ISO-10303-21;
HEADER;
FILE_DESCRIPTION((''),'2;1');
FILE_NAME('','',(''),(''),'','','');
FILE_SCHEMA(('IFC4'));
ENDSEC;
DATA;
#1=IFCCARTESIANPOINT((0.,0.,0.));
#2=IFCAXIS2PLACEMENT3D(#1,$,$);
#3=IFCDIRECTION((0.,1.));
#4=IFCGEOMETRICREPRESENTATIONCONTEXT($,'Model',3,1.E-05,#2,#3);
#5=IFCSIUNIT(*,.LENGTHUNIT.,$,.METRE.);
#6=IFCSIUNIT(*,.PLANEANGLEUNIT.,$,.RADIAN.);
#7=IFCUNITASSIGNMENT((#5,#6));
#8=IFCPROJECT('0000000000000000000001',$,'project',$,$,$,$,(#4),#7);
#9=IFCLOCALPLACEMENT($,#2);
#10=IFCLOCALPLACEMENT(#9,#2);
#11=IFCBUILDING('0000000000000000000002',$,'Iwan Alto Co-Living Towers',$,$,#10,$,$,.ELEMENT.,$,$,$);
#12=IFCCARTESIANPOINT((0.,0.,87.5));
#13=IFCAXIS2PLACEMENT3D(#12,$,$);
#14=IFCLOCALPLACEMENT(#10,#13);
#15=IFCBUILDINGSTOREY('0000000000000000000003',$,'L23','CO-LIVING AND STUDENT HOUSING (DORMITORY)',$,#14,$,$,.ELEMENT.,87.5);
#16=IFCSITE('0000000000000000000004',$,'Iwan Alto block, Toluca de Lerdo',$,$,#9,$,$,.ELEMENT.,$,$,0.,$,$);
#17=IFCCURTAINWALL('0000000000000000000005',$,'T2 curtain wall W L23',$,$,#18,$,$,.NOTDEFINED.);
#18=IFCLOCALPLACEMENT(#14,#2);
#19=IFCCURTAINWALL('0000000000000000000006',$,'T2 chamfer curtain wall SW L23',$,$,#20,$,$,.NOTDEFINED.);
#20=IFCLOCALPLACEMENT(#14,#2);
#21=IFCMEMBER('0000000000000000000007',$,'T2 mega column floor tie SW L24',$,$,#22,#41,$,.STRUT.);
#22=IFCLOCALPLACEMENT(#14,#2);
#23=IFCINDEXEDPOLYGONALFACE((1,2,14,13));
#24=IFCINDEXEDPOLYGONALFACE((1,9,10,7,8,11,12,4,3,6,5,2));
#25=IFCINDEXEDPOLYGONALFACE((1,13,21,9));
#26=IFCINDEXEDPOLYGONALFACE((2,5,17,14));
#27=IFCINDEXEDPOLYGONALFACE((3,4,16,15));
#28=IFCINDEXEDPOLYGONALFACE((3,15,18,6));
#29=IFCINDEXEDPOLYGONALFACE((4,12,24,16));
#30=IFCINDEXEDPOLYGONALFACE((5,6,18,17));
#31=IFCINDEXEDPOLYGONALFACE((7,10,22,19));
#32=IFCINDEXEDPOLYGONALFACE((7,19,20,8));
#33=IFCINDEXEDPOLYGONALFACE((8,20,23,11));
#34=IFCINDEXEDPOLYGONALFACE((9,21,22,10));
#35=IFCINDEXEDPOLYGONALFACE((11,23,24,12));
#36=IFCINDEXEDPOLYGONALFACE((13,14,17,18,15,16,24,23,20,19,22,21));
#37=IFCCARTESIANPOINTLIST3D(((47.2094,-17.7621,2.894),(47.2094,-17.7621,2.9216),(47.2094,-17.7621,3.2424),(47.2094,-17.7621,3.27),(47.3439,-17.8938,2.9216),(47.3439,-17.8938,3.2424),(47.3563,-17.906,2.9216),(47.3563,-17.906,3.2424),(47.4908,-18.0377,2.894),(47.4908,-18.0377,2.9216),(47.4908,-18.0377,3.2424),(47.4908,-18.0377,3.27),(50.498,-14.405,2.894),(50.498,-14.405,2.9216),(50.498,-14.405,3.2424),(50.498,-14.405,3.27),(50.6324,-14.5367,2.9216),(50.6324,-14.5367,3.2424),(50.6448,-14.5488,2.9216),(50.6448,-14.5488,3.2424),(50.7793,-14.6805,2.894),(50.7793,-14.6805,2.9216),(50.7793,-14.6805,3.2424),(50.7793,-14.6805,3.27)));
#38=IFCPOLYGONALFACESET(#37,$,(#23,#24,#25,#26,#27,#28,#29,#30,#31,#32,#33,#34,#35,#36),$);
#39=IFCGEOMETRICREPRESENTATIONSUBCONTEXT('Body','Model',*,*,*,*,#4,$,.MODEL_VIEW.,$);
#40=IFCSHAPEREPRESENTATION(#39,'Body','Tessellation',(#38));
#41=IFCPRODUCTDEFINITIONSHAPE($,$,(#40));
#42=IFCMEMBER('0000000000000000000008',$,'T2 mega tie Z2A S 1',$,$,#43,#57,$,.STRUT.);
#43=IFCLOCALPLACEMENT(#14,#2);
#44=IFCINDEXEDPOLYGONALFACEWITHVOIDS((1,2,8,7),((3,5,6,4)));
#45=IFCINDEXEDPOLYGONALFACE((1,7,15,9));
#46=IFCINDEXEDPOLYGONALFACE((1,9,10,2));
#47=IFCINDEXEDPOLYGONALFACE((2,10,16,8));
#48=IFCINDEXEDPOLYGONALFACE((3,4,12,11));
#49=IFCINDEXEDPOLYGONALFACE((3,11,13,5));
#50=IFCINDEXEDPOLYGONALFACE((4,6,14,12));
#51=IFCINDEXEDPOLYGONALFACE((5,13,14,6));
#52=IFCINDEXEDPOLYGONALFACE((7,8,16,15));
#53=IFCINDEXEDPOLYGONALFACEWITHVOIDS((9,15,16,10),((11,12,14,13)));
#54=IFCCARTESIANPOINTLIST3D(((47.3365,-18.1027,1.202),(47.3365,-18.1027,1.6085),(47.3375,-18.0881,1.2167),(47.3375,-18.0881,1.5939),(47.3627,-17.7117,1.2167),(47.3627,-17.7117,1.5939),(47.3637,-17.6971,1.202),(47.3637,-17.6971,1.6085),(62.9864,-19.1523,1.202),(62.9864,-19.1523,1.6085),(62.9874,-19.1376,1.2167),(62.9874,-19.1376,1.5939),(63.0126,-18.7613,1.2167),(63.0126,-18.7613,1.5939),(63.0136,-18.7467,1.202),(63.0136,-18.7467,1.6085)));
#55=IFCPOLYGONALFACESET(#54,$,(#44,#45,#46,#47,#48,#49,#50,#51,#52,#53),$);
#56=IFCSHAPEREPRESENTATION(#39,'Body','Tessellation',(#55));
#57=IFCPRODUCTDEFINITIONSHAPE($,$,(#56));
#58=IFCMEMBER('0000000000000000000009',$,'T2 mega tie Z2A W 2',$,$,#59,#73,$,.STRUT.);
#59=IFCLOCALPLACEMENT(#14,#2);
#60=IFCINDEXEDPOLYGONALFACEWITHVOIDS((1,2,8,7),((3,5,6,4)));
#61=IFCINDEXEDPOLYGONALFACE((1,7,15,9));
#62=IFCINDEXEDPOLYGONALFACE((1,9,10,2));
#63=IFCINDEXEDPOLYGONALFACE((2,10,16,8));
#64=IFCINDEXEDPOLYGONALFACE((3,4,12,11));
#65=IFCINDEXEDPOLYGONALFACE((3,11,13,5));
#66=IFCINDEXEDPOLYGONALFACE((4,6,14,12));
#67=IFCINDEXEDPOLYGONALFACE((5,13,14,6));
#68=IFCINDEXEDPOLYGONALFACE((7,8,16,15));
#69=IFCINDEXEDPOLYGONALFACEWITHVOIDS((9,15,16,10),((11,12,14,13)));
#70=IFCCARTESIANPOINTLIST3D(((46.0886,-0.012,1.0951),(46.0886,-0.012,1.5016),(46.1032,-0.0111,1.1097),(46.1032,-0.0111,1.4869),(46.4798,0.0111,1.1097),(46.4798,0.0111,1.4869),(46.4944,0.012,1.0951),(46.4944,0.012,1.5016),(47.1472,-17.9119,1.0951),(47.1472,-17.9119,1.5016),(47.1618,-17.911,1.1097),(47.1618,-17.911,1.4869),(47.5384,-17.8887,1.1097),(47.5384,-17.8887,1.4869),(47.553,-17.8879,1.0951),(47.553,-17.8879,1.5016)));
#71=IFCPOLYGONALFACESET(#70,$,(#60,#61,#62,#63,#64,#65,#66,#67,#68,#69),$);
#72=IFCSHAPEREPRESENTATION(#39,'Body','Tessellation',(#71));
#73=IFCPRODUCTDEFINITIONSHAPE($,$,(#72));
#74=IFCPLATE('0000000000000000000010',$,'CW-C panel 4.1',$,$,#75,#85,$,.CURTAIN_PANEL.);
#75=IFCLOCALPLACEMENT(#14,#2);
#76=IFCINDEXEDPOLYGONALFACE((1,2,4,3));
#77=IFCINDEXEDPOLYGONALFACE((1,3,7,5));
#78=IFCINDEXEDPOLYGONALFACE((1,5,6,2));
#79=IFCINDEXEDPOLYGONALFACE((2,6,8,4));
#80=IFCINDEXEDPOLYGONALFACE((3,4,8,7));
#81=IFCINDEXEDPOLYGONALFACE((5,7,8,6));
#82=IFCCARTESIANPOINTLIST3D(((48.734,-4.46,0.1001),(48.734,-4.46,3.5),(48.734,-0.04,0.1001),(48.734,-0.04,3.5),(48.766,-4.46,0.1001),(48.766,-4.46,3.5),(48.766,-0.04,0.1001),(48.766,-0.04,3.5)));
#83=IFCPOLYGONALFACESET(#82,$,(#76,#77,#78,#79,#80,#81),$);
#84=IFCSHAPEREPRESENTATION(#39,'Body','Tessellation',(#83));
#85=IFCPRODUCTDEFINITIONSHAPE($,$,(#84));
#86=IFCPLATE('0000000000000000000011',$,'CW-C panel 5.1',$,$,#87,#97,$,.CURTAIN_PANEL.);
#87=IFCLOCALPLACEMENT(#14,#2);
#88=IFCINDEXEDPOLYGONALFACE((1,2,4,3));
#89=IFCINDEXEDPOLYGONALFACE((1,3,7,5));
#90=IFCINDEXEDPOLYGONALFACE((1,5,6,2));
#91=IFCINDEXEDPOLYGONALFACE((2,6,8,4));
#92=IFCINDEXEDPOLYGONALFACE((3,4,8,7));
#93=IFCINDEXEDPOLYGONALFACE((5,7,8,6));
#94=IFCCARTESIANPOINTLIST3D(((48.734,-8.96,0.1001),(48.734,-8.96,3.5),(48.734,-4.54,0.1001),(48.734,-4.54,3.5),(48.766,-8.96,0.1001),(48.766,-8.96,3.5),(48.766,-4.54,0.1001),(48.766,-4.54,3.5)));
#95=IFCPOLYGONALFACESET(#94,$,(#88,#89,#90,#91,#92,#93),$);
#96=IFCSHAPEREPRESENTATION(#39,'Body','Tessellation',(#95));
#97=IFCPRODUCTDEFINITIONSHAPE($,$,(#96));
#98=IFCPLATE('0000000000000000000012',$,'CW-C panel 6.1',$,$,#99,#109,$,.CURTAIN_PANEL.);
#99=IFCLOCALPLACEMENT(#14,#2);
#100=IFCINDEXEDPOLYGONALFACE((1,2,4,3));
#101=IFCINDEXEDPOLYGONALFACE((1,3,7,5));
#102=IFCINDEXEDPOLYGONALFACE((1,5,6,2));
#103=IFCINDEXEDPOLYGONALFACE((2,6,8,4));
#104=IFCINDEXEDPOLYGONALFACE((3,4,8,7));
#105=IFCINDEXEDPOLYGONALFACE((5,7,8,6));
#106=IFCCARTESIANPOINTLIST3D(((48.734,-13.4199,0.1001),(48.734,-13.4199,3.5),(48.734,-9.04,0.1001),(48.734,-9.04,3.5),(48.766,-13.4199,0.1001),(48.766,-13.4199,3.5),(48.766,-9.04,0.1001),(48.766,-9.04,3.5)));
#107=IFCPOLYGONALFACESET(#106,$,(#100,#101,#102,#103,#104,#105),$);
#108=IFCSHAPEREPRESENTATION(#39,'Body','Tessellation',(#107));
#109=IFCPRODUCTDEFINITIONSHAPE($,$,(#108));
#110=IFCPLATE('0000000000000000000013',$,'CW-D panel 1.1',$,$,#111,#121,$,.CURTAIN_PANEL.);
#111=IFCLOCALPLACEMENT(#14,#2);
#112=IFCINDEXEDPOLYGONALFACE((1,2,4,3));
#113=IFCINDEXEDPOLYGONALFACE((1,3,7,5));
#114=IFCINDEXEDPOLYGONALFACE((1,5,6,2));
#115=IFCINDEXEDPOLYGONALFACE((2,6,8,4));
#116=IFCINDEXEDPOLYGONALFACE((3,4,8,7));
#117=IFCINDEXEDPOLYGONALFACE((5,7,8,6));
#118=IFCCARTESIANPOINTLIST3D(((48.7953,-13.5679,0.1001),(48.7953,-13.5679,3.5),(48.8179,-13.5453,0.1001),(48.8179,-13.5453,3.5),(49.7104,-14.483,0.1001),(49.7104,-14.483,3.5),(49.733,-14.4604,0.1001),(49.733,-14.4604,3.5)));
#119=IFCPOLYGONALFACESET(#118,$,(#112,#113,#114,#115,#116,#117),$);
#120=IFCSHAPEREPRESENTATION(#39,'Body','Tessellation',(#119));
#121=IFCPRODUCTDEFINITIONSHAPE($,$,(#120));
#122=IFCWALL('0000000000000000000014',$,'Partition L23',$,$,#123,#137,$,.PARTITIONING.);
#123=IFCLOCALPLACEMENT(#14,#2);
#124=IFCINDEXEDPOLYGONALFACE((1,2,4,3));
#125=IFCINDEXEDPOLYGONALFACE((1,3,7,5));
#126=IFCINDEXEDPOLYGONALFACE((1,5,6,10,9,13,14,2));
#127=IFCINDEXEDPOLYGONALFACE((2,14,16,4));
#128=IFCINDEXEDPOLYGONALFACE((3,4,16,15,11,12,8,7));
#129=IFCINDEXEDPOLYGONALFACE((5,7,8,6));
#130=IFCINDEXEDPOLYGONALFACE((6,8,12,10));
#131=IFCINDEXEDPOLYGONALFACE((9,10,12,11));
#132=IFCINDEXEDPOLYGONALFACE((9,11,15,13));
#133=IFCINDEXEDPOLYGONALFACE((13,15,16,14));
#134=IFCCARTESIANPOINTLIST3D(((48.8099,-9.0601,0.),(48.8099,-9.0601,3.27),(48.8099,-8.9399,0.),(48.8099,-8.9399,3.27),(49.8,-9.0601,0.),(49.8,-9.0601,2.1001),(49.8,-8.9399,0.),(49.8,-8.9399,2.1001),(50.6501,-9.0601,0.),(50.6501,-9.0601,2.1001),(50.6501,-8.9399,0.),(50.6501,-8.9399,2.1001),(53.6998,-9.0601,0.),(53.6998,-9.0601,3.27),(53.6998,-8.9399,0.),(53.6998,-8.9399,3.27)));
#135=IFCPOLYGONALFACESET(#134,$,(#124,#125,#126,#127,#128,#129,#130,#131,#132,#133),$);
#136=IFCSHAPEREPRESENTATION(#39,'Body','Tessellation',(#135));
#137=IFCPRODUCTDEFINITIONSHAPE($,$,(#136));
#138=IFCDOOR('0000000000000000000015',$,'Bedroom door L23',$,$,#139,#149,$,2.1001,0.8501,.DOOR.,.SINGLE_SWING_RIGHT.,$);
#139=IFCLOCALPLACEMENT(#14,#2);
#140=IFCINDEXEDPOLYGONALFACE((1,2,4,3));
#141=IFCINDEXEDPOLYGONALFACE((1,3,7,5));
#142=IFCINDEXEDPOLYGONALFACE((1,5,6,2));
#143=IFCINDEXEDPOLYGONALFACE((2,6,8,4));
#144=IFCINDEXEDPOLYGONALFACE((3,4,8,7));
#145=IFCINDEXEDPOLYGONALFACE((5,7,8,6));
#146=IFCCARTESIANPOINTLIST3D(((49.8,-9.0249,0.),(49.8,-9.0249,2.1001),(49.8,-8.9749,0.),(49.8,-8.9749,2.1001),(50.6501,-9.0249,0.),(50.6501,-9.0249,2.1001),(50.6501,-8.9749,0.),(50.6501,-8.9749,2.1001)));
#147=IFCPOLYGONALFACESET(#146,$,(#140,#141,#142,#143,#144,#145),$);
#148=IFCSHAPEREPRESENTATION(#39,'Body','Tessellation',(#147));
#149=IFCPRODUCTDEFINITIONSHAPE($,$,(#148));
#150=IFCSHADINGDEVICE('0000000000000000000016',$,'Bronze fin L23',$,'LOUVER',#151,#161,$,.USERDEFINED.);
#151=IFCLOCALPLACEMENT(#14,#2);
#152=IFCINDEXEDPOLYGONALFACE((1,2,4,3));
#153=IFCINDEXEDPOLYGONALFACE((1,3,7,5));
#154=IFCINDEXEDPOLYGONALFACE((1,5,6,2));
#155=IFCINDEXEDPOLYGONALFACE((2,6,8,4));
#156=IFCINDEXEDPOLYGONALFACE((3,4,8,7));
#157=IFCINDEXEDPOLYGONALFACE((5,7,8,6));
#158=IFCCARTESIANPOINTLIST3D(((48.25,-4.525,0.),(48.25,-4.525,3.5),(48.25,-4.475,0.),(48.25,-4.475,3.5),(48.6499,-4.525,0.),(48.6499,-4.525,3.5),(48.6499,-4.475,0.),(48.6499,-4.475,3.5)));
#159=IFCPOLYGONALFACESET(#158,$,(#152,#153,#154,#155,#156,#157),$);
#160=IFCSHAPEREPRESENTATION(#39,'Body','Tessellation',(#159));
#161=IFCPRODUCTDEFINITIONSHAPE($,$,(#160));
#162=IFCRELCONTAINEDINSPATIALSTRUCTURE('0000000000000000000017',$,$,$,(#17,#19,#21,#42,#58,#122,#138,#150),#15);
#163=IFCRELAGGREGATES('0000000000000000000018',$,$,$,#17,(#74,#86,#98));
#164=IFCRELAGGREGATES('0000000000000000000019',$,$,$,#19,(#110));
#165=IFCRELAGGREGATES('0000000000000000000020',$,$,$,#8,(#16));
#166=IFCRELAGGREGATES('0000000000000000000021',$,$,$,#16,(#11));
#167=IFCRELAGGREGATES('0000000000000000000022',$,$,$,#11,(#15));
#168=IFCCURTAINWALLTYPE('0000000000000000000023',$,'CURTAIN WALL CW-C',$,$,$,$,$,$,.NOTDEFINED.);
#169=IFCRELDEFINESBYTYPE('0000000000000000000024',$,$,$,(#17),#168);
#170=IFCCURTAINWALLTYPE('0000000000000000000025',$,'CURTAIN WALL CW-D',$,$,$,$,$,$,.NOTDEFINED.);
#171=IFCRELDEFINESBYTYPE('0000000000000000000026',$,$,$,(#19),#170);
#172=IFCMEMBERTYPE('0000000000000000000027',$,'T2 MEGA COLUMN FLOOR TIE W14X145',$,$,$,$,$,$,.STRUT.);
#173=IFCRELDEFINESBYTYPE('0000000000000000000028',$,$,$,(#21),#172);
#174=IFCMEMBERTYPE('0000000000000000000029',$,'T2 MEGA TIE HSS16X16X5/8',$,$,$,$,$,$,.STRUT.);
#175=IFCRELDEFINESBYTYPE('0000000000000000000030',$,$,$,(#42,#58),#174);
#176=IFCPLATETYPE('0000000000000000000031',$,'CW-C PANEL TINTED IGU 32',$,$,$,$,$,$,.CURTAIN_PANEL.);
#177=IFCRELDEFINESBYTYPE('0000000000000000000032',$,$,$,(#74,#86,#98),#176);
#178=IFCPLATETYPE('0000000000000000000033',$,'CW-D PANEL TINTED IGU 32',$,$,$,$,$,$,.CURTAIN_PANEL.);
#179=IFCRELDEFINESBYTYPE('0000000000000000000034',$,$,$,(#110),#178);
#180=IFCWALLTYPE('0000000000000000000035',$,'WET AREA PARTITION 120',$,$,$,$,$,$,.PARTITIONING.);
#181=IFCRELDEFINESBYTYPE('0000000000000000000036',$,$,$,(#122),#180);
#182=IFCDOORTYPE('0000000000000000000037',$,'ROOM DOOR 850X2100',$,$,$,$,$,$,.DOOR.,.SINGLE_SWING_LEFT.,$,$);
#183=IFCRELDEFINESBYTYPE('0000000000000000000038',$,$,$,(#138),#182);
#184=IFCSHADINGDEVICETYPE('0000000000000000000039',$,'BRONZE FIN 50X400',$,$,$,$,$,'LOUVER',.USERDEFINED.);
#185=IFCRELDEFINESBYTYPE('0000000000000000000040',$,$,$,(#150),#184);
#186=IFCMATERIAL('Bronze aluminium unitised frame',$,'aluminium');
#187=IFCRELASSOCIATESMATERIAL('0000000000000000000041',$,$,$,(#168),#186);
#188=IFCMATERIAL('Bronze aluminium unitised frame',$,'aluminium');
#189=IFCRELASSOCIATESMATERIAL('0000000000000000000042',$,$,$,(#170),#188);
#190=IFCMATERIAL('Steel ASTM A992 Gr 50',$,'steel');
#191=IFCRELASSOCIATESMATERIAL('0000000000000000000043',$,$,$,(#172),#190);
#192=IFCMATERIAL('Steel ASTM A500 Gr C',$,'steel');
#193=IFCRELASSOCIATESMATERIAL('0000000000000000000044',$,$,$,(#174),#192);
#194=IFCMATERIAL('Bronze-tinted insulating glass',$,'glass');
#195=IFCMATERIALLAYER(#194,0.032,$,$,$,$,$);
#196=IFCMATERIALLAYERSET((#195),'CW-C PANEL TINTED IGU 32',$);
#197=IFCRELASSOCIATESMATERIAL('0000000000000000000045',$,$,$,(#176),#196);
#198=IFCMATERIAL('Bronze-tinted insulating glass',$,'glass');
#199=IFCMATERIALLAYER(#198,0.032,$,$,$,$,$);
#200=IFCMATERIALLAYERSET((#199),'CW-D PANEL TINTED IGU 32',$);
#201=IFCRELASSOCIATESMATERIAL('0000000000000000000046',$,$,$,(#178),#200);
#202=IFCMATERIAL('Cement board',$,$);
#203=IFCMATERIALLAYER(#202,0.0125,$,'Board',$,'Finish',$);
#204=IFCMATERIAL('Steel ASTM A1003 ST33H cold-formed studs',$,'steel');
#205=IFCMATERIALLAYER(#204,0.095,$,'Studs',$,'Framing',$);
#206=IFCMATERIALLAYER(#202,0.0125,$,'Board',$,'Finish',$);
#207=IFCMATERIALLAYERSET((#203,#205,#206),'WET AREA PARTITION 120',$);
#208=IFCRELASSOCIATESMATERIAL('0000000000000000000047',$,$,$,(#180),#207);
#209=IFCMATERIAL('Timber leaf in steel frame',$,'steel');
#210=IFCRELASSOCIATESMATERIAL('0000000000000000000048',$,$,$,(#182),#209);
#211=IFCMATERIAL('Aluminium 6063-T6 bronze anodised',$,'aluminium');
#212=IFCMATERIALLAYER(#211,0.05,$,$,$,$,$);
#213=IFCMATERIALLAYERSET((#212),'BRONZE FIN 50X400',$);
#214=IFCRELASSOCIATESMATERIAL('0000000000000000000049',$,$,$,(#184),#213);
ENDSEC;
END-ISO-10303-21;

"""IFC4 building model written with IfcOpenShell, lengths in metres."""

from ifc_helpers import new_model, si_unit, direction, frame, frame_2d, origin, origin_2d, place, context, subcontext, project, spatial, rectangle, hollow_rectangle, i_section, extrude, material, layer, layer_set, material_profile, profile_set, type_object, element, fill, aggregate, save


model = new_model("IFC4")

# Units and contexts
model_context = context("Model", 3, precision=1e-05, world=origin(), true_north=direction((0.0, 1.0)))
body_context = subcontext(model_context, "Body", "Model", "MODEL_VIEW")
ifc_project = project(units=[si_unit("LENGTHUNIT", "METRE"), si_unit("PLANEANGLEUNIT", "RADIAN")], contexts=[model_context])

# Site, building, storey
site_placement = place(None, origin())
site = spatial("IfcSite", under=ifc_project, at=site_placement, Name="Iwan Alto block, Toluca de Lerdo", CompositionType="ELEMENT", RefElevation=0.0)
building_placement = place(site_placement, origin())
building = spatial("IfcBuilding", under=site, at=building_placement, Name="Iwan Alto Co-Living Towers", CompositionType="ELEMENT")
storey_placement = place(building_placement, frame((0.0, 0.0, 87.5)))
storey = spatial("IfcBuildingStorey", under=building, at=storey_placement, Name="L23", Description="CO-LIVING AND STUDENT HOUSING (DORMITORY)", CompositionType="ELEMENT", Elevation=87.5)

# Curtain walls
ifc_material_1 = material(Name="Bronze aluminium unitised frame", Category="aluminium")
curtain_wall_type_1 = type_object("IfcCurtainWallType", Name="CURTAIN WALL CW-C", PredefinedType="NOTDEFINED", material=ifc_material_1)
curtain_wall_1_placement = place(storey_placement, origin())
curtain_wall_1 = element("IfcCurtainWall", 1, at=curtain_wall_1_placement, inside=storey, type_object=curtain_wall_type_1, Name="T2 curtain wall W L23", PredefinedType="NOTDEFINED")
ifc_material_2 = material(Name="Bronze aluminium unitised frame", Category="aluminium")
curtain_wall_type_2 = type_object("IfcCurtainWallType", Name="CURTAIN WALL CW-D", PredefinedType="NOTDEFINED", material=ifc_material_2)
curtain_wall_2_placement = place(storey_placement, origin())
curtain_wall_2 = element("IfcCurtainWall", 2, at=curtain_wall_2_placement, inside=storey, type_object=curtain_wall_type_2, Name="T2 chamfer curtain wall SW L23", PredefinedType="NOTDEFINED")

# Members
ifc_material_3 = material(Name="Steel ASTM A992 Gr 50", Category="steel")
ifc_material_profile_1 = material_profile(ifc_material_3, i_section(OverallWidth=0.3938, OverallDepth=0.376, WebThickness=0.0173, FlangeThickness=0.0276, at=origin_2d()), Name="W14X145")
ifc_profile_set_1 = profile_set([ifc_material_profile_1], Name="Steel ASTM A992 Gr 50")
member_type_1 = type_object("IfcMemberType", Name="T2 MEGA COLUMN FLOOR TIE W14X145", PredefinedType="STRUT", material=ifc_profile_set_1)
member_1_placement = place(storey_placement, frame((47.3501, -17.8999, 3.082), z_axis=(0.69977, 0.714368, 0.0), x_axis=(-0.714368, 0.69977, 0.0)))
element("IfcMember", 3, at=member_1_placement, inside=storey, type_object=member_type_1, Name="T2 mega column floor tie SW L24", PredefinedType="STRUT", context=body_context, shape_type="SweptSolid", body=[
    extrude(i_section(OverallWidth=0.3938, OverallDepth=0.376, WebThickness=0.0173, FlangeThickness=0.0276, at=origin_2d()), origin(), (0.0, 0.0, 1.0), 4.6995),
])
ifc_material_4 = material(Name="Steel ASTM A500 Gr C", Category="steel")
ifc_material_profile_2 = material_profile(ifc_material_4, hollow_rectangle(XDim=0.4065, YDim=0.4065, WallThickness=0.0146, at=origin_2d()), Name="HSS16X16X5/8")
ifc_profile_set_2 = profile_set([ifc_material_profile_2], Name="Steel ASTM A500 Gr C")
member_type_2 = type_object("IfcMemberType", Name="T2 MEGA TIE HSS16X16X5/8", PredefinedType="STRUT", material=ifc_profile_set_2)
member_2_placement = place(storey_placement, frame((47.3501, -17.8999, 1.4053), z_axis=(0.997759, -0.066915, 0.0), x_axis=(0.066915, 0.997759, 0.0)))
element("IfcMember", 4, at=member_2_placement, inside=storey, type_object=member_type_2, Name="T2 mega tie Z2A S 1", PredefinedType="STRUT", context=body_context, shape_type="SweptSolid", body=[
    extrude(hollow_rectangle(XDim=0.4065, YDim=0.4065, WallThickness=0.0146, at=origin_2d()), origin(), (0.0, 0.0, 1.0), 15.6851),
])
member_3_placement = place(storey_placement, frame((46.2915, 0.0, 1.2983), z_axis=(0.059036, -0.998256, 0.0), x_axis=(0.998256, 0.059036, 0.0)))
element("IfcMember", 5, at=member_3_placement, inside=storey, type_object=member_type_2, Name="T2 mega tie Z2A W 2", PredefinedType="STRUT", context=body_context, shape_type="SweptSolid", body=[
    extrude(hollow_rectangle(XDim=0.4065, YDim=0.4065, WallThickness=0.0146, at=origin_2d()), origin(), (0.0, 0.0, 1.0), 17.9312),
])

# Plates
ifc_material_5 = material(Name="Bronze-tinted insulating glass", Category="glass")
ifc_layer_1 = layer(ifc_material_5, 0.032)
ifc_layer_set_1 = layer_set([ifc_layer_1], Name="CW-C PANEL TINTED IGU 32")
plate_type_1 = type_object("IfcPlateType", Name="CW-C PANEL TINTED IGU 32", PredefinedType="CURTAIN_PANEL", material=ifc_layer_set_1)
plate_1_placement = place(storey_placement, frame((48.75, -2.25, 0.1001), z_axis=(0.0, 0.0, 1.0), x_axis=(0.0, -1.0, 0.0)))
plate_1 = element("IfcPlate", 6, at=plate_1_placement, type_object=plate_type_1, Name="CW-C panel 4.1", PredefinedType="CURTAIN_PANEL", context=body_context, shape_type="SweptSolid", body=[
    extrude(rectangle(XDim=4.4199, YDim=0.032, at=origin_2d()), origin(), (0.0, 0.0, 1.0), 3.3999),
])
plate_2_placement = place(storey_placement, frame((48.75, -6.75, 0.1001), z_axis=(0.0, 0.0, 1.0), x_axis=(0.0, -1.0, 0.0)))
plate_2 = element("IfcPlate", 7, at=plate_2_placement, type_object=plate_type_1, Name="CW-C panel 5.1", PredefinedType="CURTAIN_PANEL", context=body_context, shape_type="SweptSolid", body=[
    extrude(rectangle(XDim=4.4199, YDim=0.032, at=origin_2d()), origin(), (0.0, 0.0, 1.0), 3.3999),
])
plate_3_placement = place(storey_placement, frame((48.75, -11.23, 0.1001), z_axis=(0.0, 0.0, 1.0), x_axis=(0.0, -1.0, 0.0)))
plate_3 = element("IfcPlate", 8, at=plate_3_placement, type_object=plate_type_1, Name="CW-C panel 6.1", PredefinedType="CURTAIN_PANEL", context=body_context, shape_type="SweptSolid", body=[
    extrude(rectangle(XDim=4.3799, YDim=0.032, at=origin_2d()), origin(), (0.0, 0.0, 1.0), 3.3999),
])
aggregate(curtain_wall_1, [plate_1, plate_2, plate_3])
ifc_material_6 = material(Name="Bronze-tinted insulating glass", Category="glass")
ifc_layer_2 = layer(ifc_material_6, 0.032)
ifc_layer_set_2 = layer_set([ifc_layer_2], Name="CW-D PANEL TINTED IGU 32")
plate_type_2 = type_object("IfcPlateType", Name="CW-D PANEL TINTED IGU 32", PredefinedType="CURTAIN_PANEL", material=ifc_layer_set_2)
plate_4_placement = place(storey_placement, frame((49.2642, -14.0142, 0.1001), z_axis=(0.0, 0.0, 1.0), x_axis=(0.707107, -0.707107, 0.0)))
plate_4 = element("IfcPlate", 9, at=plate_4_placement, type_object=plate_type_2, Name="CW-D panel 1.1", PredefinedType="CURTAIN_PANEL", context=body_context, shape_type="SweptSolid", body=[
    extrude(rectangle(XDim=1.2942, YDim=0.032, at=origin_2d()), origin(), (0.0, 0.0, 1.0), 3.3999),
])
aggregate(curtain_wall_2, [plate_4])

# Wall, opening, door
ifc_material_7 = material(Name="Cement board")
ifc_layer_3 = layer(ifc_material_7, 0.0125, Name="Board", Category="Finish")
ifc_material_8 = material(Name="Steel ASTM A1003 ST33H cold-formed studs", Category="steel")
ifc_layer_4 = layer(ifc_material_8, 0.095, Name="Studs", Category="Framing")
ifc_layer_5 = layer(ifc_material_7, 0.0125, Name="Board", Category="Finish")
ifc_layer_set_3 = layer_set([ifc_layer_3, ifc_layer_4, ifc_layer_5], Name="WET AREA PARTITION 120")
wall_type = type_object("IfcWallType", Name="WET AREA PARTITION 120", PredefinedType="PARTITIONING", material=ifc_layer_set_3)
wall_placement = place(storey_placement, frame((48.8101, -9.0, 0.0), z_axis=(0.0, 0.0, 1.0), x_axis=(1.0, 0.0, 0.0)))
wall = element("IfcWall", 10, at=wall_placement, inside=storey, type_object=wall_type, Name="Partition L23", PredefinedType="PARTITIONING", context=body_context, shape_type="SweptSolid", body=[
    extrude(rectangle(XDim=4.8899, YDim=0.1201, at=frame_2d((2.4448, 0.0))), origin(), (0.0, 0.0, 1.0), 3.27),
])
opening_placement = place(wall_placement, frame((0.99, 0.0, 0.0)))
opening = element("IfcOpeningElement", 11, at=opening_placement, cuts=wall, PredefinedType="OPENING", context=body_context, shape_type="SweptSolid", body=[
    extrude(rectangle(XDim=0.8501, YDim=2.1001, at=frame_2d((0.425, 1.05))), frame((0.0, 0.0701, 0.0), z_axis=(0.0, -1.0, 0.0), x_axis=(1.0, 0.0, 0.0)), (0.0, 0.0, 1.0), 0.1401),
])
ifc_material_9 = material(Name="Timber leaf in steel frame", Category="steel")
door_type = type_object("IfcDoorType", Name="ROOM DOOR 850X2100", OperationType="SINGLE_SWING_LEFT", PredefinedType="DOOR", material=ifc_material_9)
door_placement = place(opening_placement, frame((0.8501, 0.0, 0.0), z_axis=(0.0, 0.0, 1.0), x_axis=(-1.0, 0.0, 0.0)))
door = element("IfcDoor", 12, at=door_placement, inside=storey, type_object=door_type, Name="Bedroom door L23", OperationType="SINGLE_SWING_RIGHT", OverallHeight=2.1001, OverallWidth=0.8501, PredefinedType="DOOR", context=body_context, shape_type="SweptSolid", body=[
    extrude(rectangle(XDim=0.8501, YDim=2.1001, at=frame_2d((0.425, 1.05))), frame((0.0, 0.0249, 0.0), z_axis=(0.0, -1.0, 0.0), x_axis=(1.0, 0.0, 0.0)), (0.0, 0.0, 1.0), 0.05),
])
fill(opening, door)

# Shading device
ifc_material_10 = material(Name="Aluminium 6063-T6 bronze anodised", Category="aluminium")
ifc_layer_6 = layer(ifc_material_10, 0.05)
ifc_layer_set_4 = layer_set([ifc_layer_6], Name="BRONZE FIN 50X400")
shading_device_type = type_object("IfcShadingDeviceType", Name="BRONZE FIN 50X400", ElementType="LOUVER", PredefinedType="USERDEFINED", material=ifc_layer_set_4)
shading_device_placement = place(storey_placement, frame((48.45, -4.5, 0.0), z_axis=(0.0, 0.0, 1.0), x_axis=(0.0, -1.0, 0.0)))
element("IfcShadingDevice", 13, at=shading_device_placement, inside=storey, type_object=shading_device_type, Name="Bronze fin L23", ObjectType="LOUVER", PredefinedType="USERDEFINED", context=body_context, shape_type="SweptSolid", body=[
    extrude(rectangle(XDim=0.05, YDim=0.3999, at=origin_2d()), origin(), (0.0, 0.0, 1.0), 3.5),
])

save(model, "model.ifc")
